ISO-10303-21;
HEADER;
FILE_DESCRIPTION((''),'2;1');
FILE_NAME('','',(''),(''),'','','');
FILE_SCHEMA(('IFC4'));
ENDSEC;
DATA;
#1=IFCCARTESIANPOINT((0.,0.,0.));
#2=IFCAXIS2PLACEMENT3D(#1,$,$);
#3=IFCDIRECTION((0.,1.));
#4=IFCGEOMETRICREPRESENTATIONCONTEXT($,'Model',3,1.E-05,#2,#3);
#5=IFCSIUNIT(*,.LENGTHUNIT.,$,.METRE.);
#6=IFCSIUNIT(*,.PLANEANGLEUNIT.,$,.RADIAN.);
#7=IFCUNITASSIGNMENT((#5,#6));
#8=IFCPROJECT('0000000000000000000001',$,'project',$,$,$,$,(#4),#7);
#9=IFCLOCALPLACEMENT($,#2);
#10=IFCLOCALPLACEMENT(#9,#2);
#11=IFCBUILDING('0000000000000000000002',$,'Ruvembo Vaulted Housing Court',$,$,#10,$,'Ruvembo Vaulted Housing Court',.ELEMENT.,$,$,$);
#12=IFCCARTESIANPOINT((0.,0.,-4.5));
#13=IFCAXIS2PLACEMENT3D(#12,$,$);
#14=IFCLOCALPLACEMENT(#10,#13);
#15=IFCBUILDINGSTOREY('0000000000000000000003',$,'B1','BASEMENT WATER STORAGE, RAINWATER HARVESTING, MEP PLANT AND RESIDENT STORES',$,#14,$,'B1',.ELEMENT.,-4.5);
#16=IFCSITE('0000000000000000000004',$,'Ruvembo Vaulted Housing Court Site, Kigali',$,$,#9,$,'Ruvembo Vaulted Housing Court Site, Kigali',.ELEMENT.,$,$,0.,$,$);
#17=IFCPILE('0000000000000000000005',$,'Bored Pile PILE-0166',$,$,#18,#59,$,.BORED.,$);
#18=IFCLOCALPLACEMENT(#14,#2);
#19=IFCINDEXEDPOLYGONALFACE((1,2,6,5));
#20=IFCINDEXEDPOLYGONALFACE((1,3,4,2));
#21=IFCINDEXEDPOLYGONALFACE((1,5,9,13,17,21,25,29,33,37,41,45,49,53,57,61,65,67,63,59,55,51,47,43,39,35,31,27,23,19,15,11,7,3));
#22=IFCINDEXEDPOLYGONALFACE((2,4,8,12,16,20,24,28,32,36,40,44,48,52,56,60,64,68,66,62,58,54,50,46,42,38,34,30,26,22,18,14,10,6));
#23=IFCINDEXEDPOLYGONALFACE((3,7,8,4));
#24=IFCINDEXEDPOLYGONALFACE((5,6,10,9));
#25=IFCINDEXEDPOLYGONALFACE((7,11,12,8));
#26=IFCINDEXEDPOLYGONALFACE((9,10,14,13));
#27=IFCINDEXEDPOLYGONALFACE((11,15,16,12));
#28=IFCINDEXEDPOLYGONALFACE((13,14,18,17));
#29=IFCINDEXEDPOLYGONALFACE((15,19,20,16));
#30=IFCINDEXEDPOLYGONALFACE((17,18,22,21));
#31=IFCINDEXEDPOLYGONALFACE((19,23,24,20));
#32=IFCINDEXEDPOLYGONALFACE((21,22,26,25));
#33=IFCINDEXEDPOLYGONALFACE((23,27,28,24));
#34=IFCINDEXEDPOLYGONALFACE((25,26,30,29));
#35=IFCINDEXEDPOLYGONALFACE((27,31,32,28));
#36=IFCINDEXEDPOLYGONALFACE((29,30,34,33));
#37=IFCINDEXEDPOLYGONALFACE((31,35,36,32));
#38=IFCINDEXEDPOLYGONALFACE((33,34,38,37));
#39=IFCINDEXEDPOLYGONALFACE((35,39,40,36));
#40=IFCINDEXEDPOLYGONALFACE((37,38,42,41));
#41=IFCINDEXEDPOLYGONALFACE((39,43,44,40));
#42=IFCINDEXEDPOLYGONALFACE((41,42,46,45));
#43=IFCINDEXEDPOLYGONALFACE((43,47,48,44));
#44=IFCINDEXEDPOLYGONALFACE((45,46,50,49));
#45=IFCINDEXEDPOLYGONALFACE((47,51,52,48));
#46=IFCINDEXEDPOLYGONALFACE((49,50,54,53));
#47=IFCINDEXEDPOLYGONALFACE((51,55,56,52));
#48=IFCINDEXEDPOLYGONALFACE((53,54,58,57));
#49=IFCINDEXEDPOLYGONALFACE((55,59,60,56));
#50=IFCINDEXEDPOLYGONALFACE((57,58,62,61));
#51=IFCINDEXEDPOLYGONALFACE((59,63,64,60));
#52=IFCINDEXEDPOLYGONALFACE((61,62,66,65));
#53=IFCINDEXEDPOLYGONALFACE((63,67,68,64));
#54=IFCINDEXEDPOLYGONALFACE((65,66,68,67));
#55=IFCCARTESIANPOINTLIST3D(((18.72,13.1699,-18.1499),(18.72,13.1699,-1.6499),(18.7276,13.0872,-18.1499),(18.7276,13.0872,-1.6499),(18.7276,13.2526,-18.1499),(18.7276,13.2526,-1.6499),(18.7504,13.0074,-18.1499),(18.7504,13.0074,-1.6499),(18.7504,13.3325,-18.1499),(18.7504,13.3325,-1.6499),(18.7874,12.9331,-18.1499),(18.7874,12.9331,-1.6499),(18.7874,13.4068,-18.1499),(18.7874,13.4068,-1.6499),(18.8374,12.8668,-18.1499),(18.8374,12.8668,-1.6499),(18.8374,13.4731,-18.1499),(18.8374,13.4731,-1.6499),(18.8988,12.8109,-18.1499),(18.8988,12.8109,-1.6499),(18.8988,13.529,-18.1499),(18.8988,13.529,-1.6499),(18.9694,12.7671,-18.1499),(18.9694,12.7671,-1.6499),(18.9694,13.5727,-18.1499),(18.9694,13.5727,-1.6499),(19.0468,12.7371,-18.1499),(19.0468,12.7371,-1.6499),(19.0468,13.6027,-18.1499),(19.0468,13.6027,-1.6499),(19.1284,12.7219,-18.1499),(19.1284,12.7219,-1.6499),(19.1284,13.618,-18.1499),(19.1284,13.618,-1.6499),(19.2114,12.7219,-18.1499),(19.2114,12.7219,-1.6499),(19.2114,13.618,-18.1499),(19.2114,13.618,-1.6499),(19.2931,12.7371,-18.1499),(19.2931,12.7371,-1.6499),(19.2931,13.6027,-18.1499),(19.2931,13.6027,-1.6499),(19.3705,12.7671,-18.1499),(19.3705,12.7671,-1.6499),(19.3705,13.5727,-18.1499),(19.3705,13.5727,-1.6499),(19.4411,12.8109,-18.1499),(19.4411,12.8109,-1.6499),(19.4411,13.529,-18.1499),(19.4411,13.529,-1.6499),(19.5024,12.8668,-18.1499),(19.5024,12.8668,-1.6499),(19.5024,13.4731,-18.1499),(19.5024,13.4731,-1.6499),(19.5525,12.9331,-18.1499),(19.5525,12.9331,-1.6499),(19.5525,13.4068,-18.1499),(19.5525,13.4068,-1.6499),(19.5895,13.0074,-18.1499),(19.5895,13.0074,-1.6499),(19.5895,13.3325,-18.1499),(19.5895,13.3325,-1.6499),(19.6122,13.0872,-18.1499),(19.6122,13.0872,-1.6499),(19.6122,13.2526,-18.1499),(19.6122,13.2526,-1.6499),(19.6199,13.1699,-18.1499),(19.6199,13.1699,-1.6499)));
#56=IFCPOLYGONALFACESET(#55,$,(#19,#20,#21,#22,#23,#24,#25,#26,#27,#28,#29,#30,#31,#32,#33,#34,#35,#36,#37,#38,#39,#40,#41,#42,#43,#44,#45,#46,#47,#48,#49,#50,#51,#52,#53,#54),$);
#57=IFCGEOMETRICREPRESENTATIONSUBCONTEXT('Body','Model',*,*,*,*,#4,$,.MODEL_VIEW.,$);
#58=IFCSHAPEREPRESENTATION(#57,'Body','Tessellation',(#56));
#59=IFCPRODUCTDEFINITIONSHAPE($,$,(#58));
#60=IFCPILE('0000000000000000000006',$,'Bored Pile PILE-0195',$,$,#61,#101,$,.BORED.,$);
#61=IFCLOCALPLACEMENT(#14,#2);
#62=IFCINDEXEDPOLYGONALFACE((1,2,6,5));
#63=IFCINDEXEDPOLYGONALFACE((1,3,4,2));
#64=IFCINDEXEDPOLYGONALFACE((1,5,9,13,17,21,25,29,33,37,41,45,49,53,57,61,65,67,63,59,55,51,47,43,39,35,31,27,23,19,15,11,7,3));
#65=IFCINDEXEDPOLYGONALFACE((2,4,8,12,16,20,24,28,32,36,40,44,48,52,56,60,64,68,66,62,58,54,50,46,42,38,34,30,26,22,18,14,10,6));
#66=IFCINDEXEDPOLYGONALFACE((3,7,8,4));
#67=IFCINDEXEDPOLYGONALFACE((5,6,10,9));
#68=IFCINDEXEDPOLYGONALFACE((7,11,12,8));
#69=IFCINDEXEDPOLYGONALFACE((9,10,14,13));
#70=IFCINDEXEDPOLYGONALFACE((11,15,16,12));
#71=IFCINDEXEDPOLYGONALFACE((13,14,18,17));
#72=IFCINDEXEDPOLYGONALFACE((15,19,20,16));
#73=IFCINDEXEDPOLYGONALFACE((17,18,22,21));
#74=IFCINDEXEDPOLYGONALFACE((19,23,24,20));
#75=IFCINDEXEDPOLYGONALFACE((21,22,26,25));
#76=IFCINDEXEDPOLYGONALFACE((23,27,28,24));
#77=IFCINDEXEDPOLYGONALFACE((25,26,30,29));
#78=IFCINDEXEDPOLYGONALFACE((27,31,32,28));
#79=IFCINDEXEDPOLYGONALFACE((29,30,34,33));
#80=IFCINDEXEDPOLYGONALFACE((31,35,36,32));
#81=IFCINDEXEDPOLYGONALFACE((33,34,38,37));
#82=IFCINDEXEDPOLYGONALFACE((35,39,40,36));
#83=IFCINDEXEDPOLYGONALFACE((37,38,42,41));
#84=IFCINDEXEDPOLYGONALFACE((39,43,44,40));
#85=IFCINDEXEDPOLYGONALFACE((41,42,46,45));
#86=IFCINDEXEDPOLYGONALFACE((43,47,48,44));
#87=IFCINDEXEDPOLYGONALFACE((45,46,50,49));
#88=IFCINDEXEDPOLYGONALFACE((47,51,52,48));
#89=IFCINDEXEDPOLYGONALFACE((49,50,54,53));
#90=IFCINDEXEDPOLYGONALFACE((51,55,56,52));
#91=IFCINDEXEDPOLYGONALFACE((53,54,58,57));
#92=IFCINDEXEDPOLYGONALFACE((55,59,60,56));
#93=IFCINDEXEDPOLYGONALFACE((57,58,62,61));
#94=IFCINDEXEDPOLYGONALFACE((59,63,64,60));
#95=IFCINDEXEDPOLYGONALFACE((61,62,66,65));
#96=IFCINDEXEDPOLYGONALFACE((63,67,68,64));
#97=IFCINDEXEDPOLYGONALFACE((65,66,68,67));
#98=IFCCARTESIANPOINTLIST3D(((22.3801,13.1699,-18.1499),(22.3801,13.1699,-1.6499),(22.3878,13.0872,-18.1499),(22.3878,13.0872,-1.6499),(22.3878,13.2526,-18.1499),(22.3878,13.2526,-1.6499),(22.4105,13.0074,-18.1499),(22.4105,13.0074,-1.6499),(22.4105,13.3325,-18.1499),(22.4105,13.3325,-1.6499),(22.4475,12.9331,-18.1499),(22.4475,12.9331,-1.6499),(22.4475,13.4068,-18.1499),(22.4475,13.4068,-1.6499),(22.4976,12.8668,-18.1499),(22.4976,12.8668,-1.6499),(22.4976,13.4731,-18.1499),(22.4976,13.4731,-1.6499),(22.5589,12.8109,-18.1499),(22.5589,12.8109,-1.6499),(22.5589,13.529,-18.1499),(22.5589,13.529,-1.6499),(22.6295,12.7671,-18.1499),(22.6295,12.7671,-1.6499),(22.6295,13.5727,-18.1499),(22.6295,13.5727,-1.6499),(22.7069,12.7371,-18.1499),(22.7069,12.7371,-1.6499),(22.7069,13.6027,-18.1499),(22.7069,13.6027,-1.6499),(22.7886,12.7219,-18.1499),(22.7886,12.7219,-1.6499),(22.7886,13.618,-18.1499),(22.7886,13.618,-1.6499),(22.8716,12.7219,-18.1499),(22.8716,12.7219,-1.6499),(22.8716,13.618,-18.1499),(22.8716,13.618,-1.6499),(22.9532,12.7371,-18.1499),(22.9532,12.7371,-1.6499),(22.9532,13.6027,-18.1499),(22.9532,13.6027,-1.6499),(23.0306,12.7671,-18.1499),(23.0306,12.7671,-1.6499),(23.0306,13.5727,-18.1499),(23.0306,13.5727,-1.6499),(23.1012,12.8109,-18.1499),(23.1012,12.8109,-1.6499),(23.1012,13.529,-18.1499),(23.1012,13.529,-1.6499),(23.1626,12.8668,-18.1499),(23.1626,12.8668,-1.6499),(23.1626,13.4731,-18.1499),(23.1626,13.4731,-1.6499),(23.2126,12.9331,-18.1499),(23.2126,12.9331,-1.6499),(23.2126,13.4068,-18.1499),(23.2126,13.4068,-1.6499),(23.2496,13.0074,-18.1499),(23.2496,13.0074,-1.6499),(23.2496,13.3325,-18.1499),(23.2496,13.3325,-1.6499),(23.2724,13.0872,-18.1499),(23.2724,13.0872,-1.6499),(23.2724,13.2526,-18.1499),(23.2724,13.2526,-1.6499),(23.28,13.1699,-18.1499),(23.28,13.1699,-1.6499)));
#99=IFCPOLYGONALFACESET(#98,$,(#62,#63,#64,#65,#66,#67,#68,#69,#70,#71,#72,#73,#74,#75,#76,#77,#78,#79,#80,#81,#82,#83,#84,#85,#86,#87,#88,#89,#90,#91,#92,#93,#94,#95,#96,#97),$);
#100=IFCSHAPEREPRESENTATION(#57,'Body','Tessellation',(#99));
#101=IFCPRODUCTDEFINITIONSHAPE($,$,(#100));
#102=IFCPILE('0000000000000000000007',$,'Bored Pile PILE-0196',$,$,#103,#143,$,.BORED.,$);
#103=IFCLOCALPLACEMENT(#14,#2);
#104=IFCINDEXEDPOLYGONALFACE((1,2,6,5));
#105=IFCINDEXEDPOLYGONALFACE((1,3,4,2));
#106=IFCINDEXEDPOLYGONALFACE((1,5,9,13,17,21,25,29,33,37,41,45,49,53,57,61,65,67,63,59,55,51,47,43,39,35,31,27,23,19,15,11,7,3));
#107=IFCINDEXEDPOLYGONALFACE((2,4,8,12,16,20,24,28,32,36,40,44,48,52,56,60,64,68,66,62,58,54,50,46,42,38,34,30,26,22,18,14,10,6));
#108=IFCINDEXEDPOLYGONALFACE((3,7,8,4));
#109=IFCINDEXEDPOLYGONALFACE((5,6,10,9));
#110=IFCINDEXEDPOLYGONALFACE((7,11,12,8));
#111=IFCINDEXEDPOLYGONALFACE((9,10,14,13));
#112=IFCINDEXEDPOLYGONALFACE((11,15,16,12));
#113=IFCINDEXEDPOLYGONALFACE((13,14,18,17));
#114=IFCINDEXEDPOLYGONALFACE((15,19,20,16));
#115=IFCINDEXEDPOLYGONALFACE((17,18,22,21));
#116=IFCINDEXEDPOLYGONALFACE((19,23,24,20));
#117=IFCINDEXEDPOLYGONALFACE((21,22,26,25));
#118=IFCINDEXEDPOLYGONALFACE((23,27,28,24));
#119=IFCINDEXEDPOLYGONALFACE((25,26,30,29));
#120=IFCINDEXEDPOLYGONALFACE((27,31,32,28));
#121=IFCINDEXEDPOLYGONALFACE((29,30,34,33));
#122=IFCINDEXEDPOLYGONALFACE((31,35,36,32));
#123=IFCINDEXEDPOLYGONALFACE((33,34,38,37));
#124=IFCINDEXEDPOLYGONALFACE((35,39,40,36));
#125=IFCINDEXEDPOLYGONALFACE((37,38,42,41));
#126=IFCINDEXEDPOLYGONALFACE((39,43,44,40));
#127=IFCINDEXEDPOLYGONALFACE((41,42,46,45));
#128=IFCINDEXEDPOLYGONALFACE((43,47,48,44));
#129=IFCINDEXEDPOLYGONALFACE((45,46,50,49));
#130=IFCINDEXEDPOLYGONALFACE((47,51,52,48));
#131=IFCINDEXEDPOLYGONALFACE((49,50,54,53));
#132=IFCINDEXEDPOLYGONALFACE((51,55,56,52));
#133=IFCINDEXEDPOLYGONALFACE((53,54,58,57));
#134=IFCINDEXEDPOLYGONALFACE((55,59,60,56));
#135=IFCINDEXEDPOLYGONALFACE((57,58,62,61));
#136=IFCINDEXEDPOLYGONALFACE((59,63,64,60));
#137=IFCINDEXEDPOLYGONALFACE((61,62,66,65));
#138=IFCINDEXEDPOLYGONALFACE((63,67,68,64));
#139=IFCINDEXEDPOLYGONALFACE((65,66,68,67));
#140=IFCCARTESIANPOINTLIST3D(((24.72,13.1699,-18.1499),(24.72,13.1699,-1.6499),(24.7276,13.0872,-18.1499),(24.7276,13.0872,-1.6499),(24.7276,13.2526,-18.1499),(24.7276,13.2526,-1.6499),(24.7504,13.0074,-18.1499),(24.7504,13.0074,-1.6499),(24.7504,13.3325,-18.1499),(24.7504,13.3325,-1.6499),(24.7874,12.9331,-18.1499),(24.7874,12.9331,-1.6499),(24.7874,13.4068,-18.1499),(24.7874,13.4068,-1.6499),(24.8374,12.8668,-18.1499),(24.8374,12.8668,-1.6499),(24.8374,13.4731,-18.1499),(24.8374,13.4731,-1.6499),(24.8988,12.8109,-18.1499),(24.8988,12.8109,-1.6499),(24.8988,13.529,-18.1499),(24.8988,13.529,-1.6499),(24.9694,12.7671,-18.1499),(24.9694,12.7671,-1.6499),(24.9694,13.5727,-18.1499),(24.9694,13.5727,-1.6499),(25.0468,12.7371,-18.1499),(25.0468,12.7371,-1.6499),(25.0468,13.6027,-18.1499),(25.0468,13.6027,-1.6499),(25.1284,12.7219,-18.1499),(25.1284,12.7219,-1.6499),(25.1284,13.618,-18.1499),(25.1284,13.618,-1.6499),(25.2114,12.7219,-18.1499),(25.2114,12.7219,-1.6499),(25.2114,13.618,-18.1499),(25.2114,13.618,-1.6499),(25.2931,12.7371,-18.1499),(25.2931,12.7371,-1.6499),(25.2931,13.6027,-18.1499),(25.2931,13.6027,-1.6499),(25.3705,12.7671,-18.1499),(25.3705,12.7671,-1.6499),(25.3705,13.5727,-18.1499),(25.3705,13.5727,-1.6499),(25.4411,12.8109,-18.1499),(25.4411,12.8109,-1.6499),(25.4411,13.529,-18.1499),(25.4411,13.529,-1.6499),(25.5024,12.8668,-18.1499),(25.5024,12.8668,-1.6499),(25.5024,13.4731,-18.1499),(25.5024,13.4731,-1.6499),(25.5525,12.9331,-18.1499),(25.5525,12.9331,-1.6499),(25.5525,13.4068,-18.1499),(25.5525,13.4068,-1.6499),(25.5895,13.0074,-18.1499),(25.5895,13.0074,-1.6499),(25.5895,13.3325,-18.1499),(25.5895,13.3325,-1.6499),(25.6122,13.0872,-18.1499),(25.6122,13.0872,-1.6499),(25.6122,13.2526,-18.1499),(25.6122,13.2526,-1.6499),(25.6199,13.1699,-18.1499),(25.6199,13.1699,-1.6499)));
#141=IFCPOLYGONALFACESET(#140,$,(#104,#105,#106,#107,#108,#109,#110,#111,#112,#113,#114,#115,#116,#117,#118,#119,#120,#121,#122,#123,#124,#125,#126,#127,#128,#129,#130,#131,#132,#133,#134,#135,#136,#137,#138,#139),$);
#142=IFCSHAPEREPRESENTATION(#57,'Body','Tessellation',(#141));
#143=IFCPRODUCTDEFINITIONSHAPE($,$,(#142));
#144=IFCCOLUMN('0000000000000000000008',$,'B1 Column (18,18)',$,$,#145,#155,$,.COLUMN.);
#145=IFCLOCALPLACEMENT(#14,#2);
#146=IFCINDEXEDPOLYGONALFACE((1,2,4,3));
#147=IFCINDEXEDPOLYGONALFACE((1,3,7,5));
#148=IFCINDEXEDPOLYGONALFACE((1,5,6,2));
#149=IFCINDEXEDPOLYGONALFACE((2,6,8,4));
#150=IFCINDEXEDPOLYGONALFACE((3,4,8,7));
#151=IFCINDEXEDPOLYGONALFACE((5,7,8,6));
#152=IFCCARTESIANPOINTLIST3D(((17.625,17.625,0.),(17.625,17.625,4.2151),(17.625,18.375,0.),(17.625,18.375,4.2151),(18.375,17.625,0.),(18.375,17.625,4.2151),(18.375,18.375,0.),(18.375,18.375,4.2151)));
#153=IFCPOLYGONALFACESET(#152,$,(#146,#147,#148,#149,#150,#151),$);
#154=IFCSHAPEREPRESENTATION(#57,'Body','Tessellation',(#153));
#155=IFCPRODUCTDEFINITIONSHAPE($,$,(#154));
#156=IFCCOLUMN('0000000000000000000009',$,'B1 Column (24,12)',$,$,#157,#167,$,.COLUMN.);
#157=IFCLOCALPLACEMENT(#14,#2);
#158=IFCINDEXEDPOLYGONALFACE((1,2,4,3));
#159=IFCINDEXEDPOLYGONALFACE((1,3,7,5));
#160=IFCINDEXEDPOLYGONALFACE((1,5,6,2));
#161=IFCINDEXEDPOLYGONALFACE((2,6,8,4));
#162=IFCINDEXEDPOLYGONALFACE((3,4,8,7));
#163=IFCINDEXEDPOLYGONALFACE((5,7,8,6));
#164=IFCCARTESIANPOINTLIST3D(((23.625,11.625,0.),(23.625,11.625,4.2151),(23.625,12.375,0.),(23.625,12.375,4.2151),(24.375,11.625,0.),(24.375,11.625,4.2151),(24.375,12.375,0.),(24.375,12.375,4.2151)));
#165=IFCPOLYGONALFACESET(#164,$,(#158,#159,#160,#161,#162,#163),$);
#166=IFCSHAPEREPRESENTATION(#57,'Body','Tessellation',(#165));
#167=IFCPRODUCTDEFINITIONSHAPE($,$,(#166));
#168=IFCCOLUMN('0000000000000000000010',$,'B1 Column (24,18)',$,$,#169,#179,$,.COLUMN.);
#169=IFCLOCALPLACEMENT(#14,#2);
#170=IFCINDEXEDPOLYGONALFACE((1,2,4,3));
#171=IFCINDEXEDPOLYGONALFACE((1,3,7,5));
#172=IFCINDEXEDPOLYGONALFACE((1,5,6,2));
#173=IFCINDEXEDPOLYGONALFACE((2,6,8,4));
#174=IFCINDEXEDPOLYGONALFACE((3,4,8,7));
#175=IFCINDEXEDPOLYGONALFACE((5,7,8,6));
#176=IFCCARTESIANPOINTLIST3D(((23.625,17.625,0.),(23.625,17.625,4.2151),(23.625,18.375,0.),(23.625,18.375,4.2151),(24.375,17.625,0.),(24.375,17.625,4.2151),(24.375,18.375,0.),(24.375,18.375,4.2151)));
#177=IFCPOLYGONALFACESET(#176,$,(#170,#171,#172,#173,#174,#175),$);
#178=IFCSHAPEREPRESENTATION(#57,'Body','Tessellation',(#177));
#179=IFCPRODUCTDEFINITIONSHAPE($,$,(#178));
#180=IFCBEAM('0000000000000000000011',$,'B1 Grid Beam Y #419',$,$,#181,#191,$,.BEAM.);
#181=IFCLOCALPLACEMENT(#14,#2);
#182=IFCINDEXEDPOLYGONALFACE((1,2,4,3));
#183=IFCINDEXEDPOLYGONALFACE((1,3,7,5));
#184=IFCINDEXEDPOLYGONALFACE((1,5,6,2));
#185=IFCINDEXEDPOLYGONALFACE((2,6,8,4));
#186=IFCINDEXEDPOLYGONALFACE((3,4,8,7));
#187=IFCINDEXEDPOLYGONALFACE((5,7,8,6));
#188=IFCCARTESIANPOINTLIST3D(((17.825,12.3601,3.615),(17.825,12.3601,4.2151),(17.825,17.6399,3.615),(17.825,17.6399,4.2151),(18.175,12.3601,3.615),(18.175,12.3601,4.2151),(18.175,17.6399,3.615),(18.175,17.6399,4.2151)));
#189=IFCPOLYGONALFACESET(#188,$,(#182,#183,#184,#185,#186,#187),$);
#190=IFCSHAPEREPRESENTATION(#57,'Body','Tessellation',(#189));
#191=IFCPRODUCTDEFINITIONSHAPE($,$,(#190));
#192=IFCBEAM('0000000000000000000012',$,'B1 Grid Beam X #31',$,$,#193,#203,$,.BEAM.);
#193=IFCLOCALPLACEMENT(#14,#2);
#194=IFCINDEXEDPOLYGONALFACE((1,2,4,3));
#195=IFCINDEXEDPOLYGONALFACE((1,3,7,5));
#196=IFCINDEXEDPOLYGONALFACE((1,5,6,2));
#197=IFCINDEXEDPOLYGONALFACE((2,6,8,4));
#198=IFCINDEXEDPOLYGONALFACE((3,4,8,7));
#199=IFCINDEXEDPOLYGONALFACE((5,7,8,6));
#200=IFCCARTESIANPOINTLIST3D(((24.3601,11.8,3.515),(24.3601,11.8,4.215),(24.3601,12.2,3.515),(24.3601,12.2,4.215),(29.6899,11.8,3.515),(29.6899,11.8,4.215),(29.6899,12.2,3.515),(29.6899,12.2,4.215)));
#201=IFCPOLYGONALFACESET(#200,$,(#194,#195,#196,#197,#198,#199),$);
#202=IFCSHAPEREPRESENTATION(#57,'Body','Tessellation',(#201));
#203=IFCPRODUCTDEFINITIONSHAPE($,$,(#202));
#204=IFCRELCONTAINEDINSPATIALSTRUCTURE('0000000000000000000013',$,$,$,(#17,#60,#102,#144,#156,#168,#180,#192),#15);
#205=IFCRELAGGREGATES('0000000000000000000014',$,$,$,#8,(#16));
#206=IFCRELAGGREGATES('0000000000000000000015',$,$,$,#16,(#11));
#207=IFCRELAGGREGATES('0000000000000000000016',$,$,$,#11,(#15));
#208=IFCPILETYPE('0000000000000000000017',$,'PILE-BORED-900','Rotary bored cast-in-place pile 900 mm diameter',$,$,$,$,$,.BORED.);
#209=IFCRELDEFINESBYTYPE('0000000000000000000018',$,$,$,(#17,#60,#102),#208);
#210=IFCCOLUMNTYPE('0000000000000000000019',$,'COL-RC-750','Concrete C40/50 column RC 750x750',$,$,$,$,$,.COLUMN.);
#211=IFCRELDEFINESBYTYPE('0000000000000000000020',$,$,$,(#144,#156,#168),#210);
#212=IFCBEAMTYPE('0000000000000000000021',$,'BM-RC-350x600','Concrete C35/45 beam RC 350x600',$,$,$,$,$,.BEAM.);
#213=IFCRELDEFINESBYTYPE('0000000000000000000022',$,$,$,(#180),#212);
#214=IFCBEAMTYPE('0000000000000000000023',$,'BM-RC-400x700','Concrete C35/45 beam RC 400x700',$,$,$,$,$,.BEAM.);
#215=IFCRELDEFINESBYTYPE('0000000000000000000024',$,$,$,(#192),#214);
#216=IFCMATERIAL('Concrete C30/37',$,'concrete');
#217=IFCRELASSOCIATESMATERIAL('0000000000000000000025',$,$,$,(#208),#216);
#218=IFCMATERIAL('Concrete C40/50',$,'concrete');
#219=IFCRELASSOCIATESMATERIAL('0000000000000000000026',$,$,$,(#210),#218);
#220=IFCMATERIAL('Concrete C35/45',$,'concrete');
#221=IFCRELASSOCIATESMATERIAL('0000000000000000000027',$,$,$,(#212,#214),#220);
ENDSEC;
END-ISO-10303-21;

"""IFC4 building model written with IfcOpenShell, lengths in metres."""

from ifc_helpers import new_model, si_unit, direction, frame, origin, origin_2d, place, context, subcontext, project, spatial, rectangle, circle, extrude, material, material_profile, profile_set, type_object, element, save


model = new_model("IFC4")

# Units and contexts
model_context = context("Model", 3, precision=1e-05, world=origin(), true_north=direction((0.0, 1.0)))
body_context = subcontext(model_context, "Body", "Model", "MODEL_VIEW")
ifc_project = project(units=[si_unit("LENGTHUNIT", "METRE"), si_unit("PLANEANGLEUNIT", "RADIAN")], contexts=[model_context])

# Site, building, storey
site_placement = place(None, origin())
site = spatial("IfcSite", under=ifc_project, at=site_placement, Name="Ruvembo Vaulted Housing Court Site, Kigali", LongName="Ruvembo Vaulted Housing Court Site, Kigali", CompositionType="ELEMENT", RefElevation=0.0)
building_placement = place(site_placement, origin())
building = spatial("IfcBuilding", under=site, at=building_placement, Name="Ruvembo Vaulted Housing Court", LongName="Ruvembo Vaulted Housing Court", CompositionType="ELEMENT")
storey_placement = place(building_placement, frame((0.0, 0.0, -4.5)))
storey = spatial("IfcBuildingStorey", under=building, at=storey_placement, Name="B1", Description="BASEMENT WATER STORAGE, RAINWATER HARVESTING, MEP PLANT AND RESIDENT STORES", LongName="B1", CompositionType="ELEMENT", Elevation=-4.5)

# Piles
ifc_material_1 = material(Name="Concrete C30/37", Category="concrete")
ifc_material_profile_1 = material_profile(ifc_material_1, circle(Radius=0.45, at=origin_2d()), Name="PILE D900")
ifc_profile_set_1 = profile_set([ifc_material_profile_1], Name="Concrete C30/37")
pile_type_1 = type_object("IfcPileType", Name="PILE-BORED-900", Description="Rotary bored cast-in-place pile 900 mm diameter", PredefinedType="BORED", material=ifc_profile_set_1)
for number, where, z_axis, x_axis, name in (
    (1, (19.1699, 13.1699, -1.6499), (0.0, 0.0, -1.0), (1.0, 0.0, 0.0), "Bored Pile PILE-0166"),
    (2, (22.8301, 13.1699, -1.6499), (0.0, 0.0, -1.0), (1.0, 0.0, 0.0), "Bored Pile PILE-0195"),
    (3, (25.1699, 13.1699, -1.6499), (0.0, 0.0, -1.0), (1.0, 0.0, 0.0), "Bored Pile PILE-0196"),
):
    element("IfcPile", number, at=place(storey_placement, frame(where, z_axis=z_axis, x_axis=x_axis)), inside=storey, type_object=pile_type_1, Name=name, PredefinedType="BORED", context=body_context, shape_type="SweptSolid", body=[
        extrude(circle(Radius=0.45, at=origin_2d()), origin(), (0.0, 0.0, 1.0), 16.5),
    ])

# Columns
ifc_material_2 = material(Name="Concrete C40/50", Category="concrete")
ifc_material_profile_2 = material_profile(ifc_material_2, rectangle(XDim=0.75, YDim=0.75, at=origin_2d()), Name="RC 750x750")
ifc_profile_set_2 = profile_set([ifc_material_profile_2], Name="Concrete C40/50")
column_type = type_object("IfcColumnType", Name="COL-RC-750", Description="Concrete C40/50 column RC 750x750", PredefinedType="COLUMN", material=ifc_profile_set_2)
for number, where, z_axis, x_axis, name in (
    (4, (18.0, 18.0, 0.0), (0.0, 0.0, 1.0), (1.0, 0.0, 0.0), "B1 Column (18,18)"),
    (5, (24.0, 12.0, 0.0), (0.0, 0.0, 1.0), (1.0, 0.0, 0.0), "B1 Column (24,12)"),
    (6, (24.0, 18.0, 0.0), (0.0, 0.0, 1.0), (1.0, 0.0, 0.0), "B1 Column (24,18)"),
):
    element("IfcColumn", number, at=place(storey_placement, frame(where, z_axis=z_axis, x_axis=x_axis)), inside=storey, type_object=column_type, Name=name, PredefinedType="COLUMN", context=body_context, shape_type="SweptSolid", body=[
        extrude(rectangle(XDim=0.75, YDim=0.75, at=origin_2d()), origin(), (0.0, 0.0, 1.0), 4.2151),
    ])

# Beams
ifc_material_3 = material(Name="Concrete C35/45", Category="concrete")
ifc_material_profile_3 = material_profile(ifc_material_3, rectangle(XDim=0.3501, YDim=0.6001, at=origin_2d()), Name="RC 350x600")
ifc_profile_set_3 = profile_set([ifc_material_profile_3], Name="Concrete C35/45")
beam_type_1 = type_object("IfcBeamType", Name="BM-RC-350x600", Description="Concrete C35/45 beam RC 350x600", PredefinedType="BEAM", material=ifc_profile_set_3)
beam_1_placement = place(storey_placement, frame((18.0, 12.3601, 3.915), z_axis=(0.0, 1.0, 0.0), x_axis=(-1.0, 0.0, 0.0)))
element("IfcBeam", 7, at=beam_1_placement, inside=storey, type_object=beam_type_1, Name="B1 Grid Beam Y #419", PredefinedType="BEAM", context=body_context, shape_type="SweptSolid", body=[
    extrude(rectangle(XDim=0.3501, YDim=0.6001, at=origin_2d()), origin(), (0.0, 0.0, 1.0), 5.2798),
])
ifc_material_profile_4 = material_profile(ifc_material_3, rectangle(XDim=0.3999, YDim=0.7, at=origin_2d()), Name="RC 400x700")
ifc_profile_set_4 = profile_set([ifc_material_profile_4], Name="Concrete C35/45")
beam_type_2 = type_object("IfcBeamType", Name="BM-RC-400x700", Description="Concrete C35/45 beam RC 400x700", PredefinedType="BEAM", material=ifc_profile_set_4)
beam_2_placement = place(storey_placement, frame((24.3601, 12.0, 3.865), z_axis=(1.0, 0.0, 0.0), x_axis=(0.0, 1.0, 0.0)))
element("IfcBeam", 8, at=beam_2_placement, inside=storey, type_object=beam_type_2, Name="B1 Grid Beam X #31", PredefinedType="BEAM", context=body_context, shape_type="SweptSolid", body=[
    extrude(rectangle(XDim=0.3999, YDim=0.7, at=origin_2d()), origin(), (0.0, 0.0, 1.0), 5.3298),
])

save(model, "model.ifc")
